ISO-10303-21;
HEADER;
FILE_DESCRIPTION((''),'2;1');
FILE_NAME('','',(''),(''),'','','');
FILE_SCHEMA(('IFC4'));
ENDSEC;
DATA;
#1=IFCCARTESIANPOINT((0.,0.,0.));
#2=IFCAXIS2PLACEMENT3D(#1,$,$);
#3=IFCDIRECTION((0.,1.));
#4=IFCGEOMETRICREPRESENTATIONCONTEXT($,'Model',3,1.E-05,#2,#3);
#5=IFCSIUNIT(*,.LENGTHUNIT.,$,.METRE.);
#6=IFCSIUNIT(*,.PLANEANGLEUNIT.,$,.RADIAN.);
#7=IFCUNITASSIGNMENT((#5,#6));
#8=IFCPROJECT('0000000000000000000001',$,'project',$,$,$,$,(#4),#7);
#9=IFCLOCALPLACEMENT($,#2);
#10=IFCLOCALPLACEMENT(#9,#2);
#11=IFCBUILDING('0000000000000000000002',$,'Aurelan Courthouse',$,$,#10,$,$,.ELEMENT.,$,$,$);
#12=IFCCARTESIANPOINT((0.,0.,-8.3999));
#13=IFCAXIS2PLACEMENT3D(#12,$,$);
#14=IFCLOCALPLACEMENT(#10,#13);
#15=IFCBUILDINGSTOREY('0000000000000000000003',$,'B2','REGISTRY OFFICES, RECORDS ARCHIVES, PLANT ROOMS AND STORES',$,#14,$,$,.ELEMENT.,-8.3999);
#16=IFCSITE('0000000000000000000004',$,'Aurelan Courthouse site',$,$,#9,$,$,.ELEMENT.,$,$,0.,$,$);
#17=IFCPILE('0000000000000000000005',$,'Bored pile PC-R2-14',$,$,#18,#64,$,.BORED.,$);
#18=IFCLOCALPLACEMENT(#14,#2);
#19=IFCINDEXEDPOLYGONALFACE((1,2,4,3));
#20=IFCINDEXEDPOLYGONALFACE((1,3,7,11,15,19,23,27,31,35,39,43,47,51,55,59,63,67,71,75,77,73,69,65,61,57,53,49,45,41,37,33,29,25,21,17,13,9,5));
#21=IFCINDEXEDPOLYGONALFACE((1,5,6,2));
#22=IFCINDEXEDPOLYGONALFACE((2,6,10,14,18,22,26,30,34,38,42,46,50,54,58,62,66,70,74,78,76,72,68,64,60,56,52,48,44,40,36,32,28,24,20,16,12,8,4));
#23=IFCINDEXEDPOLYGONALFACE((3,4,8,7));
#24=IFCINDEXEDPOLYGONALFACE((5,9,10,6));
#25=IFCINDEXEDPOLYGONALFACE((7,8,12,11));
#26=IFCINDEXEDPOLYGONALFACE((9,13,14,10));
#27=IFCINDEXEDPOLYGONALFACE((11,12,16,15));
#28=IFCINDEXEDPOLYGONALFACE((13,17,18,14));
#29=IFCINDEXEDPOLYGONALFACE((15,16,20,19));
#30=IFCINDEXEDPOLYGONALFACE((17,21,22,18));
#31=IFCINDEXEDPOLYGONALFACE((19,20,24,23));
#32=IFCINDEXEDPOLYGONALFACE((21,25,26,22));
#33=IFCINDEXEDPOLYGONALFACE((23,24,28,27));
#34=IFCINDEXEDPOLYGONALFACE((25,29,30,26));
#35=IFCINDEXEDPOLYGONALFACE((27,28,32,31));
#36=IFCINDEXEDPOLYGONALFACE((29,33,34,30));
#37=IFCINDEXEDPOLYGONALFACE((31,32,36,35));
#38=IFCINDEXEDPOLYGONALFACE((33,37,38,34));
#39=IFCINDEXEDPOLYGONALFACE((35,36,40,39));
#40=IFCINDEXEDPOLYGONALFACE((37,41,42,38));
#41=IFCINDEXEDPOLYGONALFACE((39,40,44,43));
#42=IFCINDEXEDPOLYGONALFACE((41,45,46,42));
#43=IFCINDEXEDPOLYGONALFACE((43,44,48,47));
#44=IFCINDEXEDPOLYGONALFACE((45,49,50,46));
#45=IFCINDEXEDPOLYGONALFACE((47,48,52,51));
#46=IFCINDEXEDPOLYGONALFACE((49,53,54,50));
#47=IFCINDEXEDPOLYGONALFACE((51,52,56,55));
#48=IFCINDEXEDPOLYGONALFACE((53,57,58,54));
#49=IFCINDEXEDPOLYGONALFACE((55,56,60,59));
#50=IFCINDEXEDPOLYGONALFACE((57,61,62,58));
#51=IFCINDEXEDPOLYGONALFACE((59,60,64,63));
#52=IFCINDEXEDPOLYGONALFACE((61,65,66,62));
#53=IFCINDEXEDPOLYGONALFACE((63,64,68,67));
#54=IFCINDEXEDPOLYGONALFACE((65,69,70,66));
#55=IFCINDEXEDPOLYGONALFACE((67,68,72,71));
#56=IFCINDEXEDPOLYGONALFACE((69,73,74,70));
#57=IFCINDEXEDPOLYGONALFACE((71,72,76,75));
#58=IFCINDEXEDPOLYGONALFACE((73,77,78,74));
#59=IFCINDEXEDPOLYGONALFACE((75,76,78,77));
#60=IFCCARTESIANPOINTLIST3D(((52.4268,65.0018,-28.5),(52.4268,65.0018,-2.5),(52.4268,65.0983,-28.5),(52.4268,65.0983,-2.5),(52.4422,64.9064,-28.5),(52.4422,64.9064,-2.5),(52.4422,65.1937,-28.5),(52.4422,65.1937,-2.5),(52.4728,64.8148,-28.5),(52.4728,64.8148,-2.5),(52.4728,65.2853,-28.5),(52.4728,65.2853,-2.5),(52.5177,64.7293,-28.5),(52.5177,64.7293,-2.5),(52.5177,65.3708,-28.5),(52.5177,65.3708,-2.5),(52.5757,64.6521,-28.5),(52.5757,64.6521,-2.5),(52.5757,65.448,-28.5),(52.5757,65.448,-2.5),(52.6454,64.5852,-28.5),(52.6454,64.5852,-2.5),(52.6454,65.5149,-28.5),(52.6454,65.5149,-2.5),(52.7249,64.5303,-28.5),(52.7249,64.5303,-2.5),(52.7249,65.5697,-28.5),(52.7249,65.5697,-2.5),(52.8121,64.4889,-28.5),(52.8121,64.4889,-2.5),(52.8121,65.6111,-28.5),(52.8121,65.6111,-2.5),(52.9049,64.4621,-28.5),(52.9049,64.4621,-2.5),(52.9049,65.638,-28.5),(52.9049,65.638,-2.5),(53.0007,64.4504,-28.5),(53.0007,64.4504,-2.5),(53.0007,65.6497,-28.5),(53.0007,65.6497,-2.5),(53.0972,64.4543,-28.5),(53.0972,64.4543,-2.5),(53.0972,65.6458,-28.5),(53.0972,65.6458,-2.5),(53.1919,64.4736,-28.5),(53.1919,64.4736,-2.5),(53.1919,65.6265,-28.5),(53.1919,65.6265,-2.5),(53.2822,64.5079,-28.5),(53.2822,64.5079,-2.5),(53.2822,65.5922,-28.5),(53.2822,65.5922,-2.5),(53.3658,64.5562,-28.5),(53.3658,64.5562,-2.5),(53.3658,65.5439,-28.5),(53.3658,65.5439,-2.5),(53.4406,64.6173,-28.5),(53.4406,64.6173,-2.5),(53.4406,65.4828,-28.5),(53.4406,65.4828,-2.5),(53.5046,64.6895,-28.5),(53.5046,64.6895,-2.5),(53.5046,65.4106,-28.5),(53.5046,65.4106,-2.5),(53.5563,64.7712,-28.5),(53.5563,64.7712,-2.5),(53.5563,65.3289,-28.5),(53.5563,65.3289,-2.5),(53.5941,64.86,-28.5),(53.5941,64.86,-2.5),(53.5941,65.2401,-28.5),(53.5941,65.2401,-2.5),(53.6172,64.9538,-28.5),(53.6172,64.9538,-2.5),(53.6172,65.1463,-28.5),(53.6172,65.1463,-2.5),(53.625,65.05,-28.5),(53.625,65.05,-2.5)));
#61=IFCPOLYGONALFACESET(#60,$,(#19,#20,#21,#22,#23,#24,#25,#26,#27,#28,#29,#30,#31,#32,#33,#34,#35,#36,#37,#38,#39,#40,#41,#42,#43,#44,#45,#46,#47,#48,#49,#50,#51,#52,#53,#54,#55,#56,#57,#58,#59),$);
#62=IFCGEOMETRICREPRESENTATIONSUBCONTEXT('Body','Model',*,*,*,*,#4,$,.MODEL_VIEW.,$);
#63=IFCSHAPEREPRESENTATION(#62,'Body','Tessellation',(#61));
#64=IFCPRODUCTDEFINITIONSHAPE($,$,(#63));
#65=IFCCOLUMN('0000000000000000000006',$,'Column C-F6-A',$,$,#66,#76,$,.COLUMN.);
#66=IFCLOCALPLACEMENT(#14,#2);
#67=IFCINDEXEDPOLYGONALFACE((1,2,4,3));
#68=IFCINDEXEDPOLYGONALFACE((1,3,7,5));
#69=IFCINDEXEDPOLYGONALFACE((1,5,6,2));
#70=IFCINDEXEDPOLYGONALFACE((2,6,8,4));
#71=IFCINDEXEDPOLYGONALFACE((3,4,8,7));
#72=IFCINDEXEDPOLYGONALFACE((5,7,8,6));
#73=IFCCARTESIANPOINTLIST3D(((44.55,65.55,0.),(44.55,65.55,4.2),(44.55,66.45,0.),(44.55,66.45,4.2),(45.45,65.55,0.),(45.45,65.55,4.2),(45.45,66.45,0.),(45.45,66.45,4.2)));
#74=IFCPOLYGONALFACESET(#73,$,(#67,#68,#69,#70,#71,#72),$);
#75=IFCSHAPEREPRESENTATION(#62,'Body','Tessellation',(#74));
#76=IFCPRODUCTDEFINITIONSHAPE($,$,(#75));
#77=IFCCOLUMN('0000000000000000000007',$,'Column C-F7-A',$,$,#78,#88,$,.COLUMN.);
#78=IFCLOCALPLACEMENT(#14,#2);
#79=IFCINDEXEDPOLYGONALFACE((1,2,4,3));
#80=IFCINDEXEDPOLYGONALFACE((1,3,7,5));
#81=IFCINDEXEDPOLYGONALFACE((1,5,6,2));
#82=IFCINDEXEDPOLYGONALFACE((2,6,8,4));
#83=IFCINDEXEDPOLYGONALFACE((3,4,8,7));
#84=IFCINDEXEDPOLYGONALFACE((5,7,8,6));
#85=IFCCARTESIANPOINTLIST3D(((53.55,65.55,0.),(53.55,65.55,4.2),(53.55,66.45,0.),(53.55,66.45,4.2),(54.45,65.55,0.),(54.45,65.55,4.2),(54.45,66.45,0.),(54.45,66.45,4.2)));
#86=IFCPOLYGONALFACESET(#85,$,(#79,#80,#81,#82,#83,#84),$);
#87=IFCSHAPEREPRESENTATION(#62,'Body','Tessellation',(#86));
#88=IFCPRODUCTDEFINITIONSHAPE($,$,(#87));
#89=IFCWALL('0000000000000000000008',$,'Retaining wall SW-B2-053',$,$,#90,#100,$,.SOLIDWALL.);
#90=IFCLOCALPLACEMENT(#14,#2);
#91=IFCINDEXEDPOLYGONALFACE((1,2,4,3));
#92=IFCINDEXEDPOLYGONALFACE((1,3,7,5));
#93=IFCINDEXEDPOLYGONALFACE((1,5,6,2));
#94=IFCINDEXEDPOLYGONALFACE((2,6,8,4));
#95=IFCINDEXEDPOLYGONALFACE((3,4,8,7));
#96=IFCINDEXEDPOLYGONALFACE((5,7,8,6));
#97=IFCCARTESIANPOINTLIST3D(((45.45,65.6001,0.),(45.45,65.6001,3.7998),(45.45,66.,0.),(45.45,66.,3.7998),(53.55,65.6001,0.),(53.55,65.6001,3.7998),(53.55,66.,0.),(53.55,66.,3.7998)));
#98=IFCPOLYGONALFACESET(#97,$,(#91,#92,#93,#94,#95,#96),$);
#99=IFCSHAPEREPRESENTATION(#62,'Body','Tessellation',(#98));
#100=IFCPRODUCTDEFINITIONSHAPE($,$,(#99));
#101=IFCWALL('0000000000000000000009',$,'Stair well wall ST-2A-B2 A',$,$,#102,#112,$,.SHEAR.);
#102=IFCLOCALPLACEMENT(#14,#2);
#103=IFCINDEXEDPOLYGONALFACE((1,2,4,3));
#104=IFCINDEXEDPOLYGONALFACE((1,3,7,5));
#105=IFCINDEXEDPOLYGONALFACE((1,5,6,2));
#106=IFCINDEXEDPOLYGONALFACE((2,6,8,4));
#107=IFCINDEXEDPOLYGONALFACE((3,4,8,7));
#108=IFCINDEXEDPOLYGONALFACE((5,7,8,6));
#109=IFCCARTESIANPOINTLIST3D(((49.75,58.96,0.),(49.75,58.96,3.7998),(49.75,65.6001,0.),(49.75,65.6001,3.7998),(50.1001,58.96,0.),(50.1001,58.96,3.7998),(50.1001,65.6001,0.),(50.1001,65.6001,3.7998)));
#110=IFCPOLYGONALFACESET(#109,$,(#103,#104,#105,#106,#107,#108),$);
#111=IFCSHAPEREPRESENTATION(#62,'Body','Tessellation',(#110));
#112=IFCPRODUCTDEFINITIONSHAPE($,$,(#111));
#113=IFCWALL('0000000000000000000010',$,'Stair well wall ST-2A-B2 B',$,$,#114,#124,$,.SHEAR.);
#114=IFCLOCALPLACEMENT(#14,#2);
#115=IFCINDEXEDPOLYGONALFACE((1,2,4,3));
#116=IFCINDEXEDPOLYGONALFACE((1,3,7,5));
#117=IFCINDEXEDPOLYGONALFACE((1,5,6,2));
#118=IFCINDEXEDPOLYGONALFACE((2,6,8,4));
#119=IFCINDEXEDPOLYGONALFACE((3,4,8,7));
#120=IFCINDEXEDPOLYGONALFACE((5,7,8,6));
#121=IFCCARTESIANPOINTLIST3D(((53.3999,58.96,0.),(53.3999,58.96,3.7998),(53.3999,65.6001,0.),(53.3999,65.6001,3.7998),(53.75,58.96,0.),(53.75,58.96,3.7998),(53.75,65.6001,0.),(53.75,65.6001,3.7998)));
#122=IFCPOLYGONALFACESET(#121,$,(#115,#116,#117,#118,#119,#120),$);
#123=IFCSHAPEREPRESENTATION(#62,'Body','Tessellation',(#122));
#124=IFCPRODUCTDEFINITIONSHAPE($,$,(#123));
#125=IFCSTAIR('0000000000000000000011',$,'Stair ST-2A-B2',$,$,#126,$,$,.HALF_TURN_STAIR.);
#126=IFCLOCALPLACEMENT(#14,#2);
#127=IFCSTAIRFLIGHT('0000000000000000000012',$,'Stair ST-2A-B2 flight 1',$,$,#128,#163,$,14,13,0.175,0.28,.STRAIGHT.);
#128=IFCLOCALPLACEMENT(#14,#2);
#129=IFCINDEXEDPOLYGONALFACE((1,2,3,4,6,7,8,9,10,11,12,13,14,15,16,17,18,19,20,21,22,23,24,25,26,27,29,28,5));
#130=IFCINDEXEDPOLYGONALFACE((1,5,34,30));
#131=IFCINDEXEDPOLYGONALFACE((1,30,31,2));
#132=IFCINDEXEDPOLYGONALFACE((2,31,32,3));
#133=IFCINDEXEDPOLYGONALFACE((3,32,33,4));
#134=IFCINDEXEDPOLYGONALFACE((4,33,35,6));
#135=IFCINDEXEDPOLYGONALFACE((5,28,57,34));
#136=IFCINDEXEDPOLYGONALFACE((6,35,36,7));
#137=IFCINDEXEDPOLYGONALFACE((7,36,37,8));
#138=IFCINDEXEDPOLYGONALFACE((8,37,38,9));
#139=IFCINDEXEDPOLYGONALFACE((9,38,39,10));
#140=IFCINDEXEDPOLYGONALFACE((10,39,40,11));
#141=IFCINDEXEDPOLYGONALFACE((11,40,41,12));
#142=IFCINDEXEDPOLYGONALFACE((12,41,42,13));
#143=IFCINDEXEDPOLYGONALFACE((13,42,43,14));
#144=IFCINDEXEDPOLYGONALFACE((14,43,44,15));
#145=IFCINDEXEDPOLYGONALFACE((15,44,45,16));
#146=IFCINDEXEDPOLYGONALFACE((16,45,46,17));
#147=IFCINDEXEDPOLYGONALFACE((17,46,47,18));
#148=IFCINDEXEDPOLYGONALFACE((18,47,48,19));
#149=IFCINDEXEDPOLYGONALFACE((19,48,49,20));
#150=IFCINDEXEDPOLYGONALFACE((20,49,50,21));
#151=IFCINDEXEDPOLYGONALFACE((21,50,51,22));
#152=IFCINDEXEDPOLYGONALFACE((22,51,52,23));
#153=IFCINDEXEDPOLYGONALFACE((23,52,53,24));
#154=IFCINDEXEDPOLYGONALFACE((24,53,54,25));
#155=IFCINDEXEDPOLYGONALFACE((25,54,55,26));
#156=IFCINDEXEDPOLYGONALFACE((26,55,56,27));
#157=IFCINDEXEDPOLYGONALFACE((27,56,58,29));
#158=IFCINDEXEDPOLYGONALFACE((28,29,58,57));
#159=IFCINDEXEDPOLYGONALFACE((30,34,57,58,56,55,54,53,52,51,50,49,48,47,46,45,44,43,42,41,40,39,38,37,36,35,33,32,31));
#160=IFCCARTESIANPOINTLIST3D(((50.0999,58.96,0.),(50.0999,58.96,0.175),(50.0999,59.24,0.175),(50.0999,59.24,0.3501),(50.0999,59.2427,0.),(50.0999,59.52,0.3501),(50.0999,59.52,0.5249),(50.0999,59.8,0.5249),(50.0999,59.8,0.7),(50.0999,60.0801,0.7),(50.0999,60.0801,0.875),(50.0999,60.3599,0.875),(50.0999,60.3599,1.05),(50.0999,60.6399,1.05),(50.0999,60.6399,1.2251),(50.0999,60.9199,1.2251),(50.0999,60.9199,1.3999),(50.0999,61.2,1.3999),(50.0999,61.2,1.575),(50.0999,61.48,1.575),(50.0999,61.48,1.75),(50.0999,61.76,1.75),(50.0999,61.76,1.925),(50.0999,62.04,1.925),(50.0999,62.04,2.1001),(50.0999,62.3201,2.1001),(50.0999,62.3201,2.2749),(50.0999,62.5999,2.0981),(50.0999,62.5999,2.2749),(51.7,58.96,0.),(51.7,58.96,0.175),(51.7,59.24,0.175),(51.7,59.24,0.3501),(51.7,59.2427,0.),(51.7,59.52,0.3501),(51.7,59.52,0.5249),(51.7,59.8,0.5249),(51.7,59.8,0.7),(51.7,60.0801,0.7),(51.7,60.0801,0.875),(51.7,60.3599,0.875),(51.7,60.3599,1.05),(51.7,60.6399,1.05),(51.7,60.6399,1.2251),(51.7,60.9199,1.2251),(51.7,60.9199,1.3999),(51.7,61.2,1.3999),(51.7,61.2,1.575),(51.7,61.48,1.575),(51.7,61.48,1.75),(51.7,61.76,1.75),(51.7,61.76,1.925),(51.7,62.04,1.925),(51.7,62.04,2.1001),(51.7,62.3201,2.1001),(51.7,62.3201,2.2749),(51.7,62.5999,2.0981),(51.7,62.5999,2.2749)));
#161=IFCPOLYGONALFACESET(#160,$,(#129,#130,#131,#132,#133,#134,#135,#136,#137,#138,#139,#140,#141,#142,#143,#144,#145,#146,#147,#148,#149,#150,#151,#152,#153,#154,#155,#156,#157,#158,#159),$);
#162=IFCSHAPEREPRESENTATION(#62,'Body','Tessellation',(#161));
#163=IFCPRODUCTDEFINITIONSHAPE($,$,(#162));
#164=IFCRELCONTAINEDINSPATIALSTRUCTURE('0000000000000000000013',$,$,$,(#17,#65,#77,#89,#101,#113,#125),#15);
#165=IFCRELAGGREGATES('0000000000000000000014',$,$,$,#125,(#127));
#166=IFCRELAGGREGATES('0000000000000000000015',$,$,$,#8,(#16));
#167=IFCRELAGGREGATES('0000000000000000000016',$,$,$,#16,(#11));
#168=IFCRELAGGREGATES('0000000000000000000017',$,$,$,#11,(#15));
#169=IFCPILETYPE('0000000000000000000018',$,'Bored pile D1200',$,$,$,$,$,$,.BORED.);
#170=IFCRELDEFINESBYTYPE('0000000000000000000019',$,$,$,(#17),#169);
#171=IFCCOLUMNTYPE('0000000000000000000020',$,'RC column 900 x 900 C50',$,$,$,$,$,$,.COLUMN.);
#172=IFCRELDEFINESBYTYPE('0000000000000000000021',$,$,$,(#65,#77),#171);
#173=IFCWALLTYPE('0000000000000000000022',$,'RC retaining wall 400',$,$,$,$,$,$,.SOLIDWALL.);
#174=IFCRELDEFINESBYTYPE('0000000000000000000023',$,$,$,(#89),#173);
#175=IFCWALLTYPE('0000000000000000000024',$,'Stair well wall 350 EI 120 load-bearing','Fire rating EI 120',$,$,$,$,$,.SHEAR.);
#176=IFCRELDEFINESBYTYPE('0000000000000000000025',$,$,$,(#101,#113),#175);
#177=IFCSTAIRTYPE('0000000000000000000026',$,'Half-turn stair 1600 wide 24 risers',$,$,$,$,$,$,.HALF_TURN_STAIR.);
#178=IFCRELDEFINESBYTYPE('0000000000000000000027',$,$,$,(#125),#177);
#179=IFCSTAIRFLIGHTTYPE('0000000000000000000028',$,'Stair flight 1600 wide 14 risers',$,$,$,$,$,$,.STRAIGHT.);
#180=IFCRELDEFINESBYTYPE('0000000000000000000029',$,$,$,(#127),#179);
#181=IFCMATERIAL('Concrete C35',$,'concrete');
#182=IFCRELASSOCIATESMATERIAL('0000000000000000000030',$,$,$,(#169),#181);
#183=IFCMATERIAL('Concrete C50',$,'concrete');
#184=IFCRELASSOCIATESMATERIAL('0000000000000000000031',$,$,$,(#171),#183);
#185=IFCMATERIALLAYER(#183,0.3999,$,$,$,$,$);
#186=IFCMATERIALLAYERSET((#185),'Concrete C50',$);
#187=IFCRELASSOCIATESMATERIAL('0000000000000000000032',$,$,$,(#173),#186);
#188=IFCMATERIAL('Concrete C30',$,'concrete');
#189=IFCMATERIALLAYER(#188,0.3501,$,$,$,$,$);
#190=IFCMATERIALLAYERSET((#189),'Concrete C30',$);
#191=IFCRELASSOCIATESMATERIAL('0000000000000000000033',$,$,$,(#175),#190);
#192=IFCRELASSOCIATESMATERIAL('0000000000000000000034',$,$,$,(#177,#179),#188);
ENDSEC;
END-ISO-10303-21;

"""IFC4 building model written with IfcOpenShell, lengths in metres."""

from ifc_helpers import new_model, si_unit, direction, frame, frame_2d, origin, origin_2d, place, context, subcontext, project, spatial, polyline, rectangle, circle, outline, extrude, material, layer, layer_set, material_profile, profile_set, type_object, element, aggregate, save


model = new_model("IFC4")

# Units and contexts
model_context = context("Model", 3, precision=1e-05, world=origin(), true_north=direction((0.0, 1.0)))
body_context = subcontext(model_context, "Body", "Model", "MODEL_VIEW")
ifc_project = project(units=[si_unit("LENGTHUNIT", "METRE"), si_unit("PLANEANGLEUNIT", "RADIAN")], contexts=[model_context])

# Site, building, storey
site_placement = place(None, origin())
site = spatial("IfcSite", under=ifc_project, at=site_placement, Name="Aurelan Courthouse site", CompositionType="ELEMENT", RefElevation=0.0)
building_placement = place(site_placement, origin())
building = spatial("IfcBuilding", under=site, at=building_placement, Name="Aurelan Courthouse", CompositionType="ELEMENT")
storey_placement = place(building_placement, frame((0.0, 0.0, -8.3999)))
storey = spatial("IfcBuildingStorey", under=building, at=storey_placement, Name="B2", Description="REGISTRY OFFICES, RECORDS ARCHIVES, PLANT ROOMS AND STORES", CompositionType="ELEMENT", Elevation=-8.3999)

# Pile
ifc_material_1 = material(Name="Concrete C35", Category="concrete")
ifc_material_profile_1 = material_profile(ifc_material_1, circle(Radius=0.6001, at=origin_2d()), Name="D1200")
ifc_profile_set_1 = profile_set([ifc_material_profile_1], Name="Concrete C35")
pile_type = type_object("IfcPileType", Name="Bored pile D1200", PredefinedType="BORED", material=ifc_profile_set_1)
for number, where, z_axis, x_axis, name in (
    (1, (53.0249, 65.05, -2.5), (0.0, 0.0, -1.0), (1.0, 0.0, 0.0), "Bored pile PC-R2-14"),
):
    element("IfcPile", number, at=place(storey_placement, frame(where, z_axis=z_axis, x_axis=x_axis)), inside=storey, type_object=pile_type, Name=name, PredefinedType="BORED", context=body_context, shape_type="SweptSolid", body=[
        extrude(circle(Radius=0.6001, at=origin_2d()), origin(), (0.0, 0.0, 1.0), 26.0),
    ])

# Columns
ifc_material_2 = material(Name="Concrete C50", Category="concrete")
ifc_material_profile_2 = material_profile(ifc_material_2, rectangle(XDim=0.8999, YDim=0.8999, at=origin_2d()), Name="RC 900 x 900")
ifc_profile_set_2 = profile_set([ifc_material_profile_2], Name="Concrete C50")
column_type = type_object("IfcColumnType", Name="RC column 900 x 900 C50", PredefinedType="COLUMN", material=ifc_profile_set_2)
for number, where, z_axis, x_axis, name in (
    (2, (45.0, 66.0, 0.0), (0.0, 0.0, 1.0), (1.0, 0.0, 0.0), "Column C-F6-A"),
    (3, (54.0, 66.0, 0.0), (0.0, 0.0, 1.0), (1.0, 0.0, 0.0), "Column C-F7-A"),
):
    element("IfcColumn", number, at=place(storey_placement, frame(where, z_axis=z_axis, x_axis=x_axis)), inside=storey, type_object=column_type, Name=name, PredefinedType="COLUMN", context=body_context, shape_type="SweptSolid", body=[
        extrude(rectangle(XDim=0.8999, YDim=0.8999, at=origin_2d()), origin(), (0.0, 0.0, 1.0), 4.2),
    ])

# Walls
ifc_layer_1 = layer(ifc_material_2, 0.3999)
ifc_layer_set_1 = layer_set([ifc_layer_1], Name="Concrete C50")
wall_type_1 = type_object("IfcWallType", Name="RC retaining wall 400", PredefinedType="SOLIDWALL", material=ifc_layer_set_1)
wall_placement = place(storey_placement, frame((45.45, 65.8, 0.0), z_axis=(0.0, 0.0, 1.0), x_axis=(1.0, 0.0, 0.0)))
element("IfcWall", 4, at=wall_placement, inside=storey, type_object=wall_type_1, Name="Retaining wall SW-B2-053", PredefinedType="SOLIDWALL", context=body_context, shape_type="SweptSolid", body=[
    extrude(rectangle(XDim=8.1001, YDim=0.3999, at=frame_2d((4.05, 0.0))), origin(), (0.0, 0.0, 1.0), 3.7998),
])
ifc_material_3 = material(Name="Concrete C30", Category="concrete")
ifc_layer_2 = layer(ifc_material_3, 0.3501)
ifc_layer_set_2 = layer_set([ifc_layer_2], Name="Concrete C30")
wall_type_2 = type_object("IfcWallType", Name="Stair well wall 350 EI 120 load-bearing", Description="Fire rating EI 120", PredefinedType="SHEAR", material=ifc_layer_set_2)
for number, where, z_axis, x_axis, name in (
    (5, (49.925, 58.96, 0.0), (0.0, 0.0, 1.0), (0.0, 1.0, 0.0), "Stair well wall ST-2A-B2 A"),
    (6, (53.575, 58.96, 0.0), (0.0, 0.0, 1.0), (0.0, 1.0, 0.0), "Stair well wall ST-2A-B2 B"),
):
    element("IfcWall", number, at=place(storey_placement, frame(where, z_axis=z_axis, x_axis=x_axis)), inside=storey, type_object=wall_type_2, Name=name, PredefinedType="SHEAR", context=body_context, shape_type="SweptSolid", body=[
        extrude(rectangle(XDim=6.6401, YDim=0.3501, at=frame_2d((3.3201, 0.0))), origin(), (0.0, 0.0, 1.0), 3.7998),
    ])

# Stair, stair flight
stair_type = type_object("IfcStairType", Name="Half-turn stair 1600 wide 24 risers", PredefinedType="HALF_TURN_STAIR", material=ifc_material_3)
stair_placement = place(storey_placement, origin())
stair = element("IfcStair", 7, at=stair_placement, inside=storey, type_object=stair_type, Name="Stair ST-2A-B2", PredefinedType="HALF_TURN_STAIR")
stair_flight_type = type_object("IfcStairFlightType", Name="Stair flight 1600 wide 14 risers", PredefinedType="STRAIGHT", material=ifc_material_3)
stair_flight_1_placement = place(storey_placement, frame((50.8999, 58.96, 0.0), z_axis=(0.0, 0.0, 1.0), x_axis=(0.0, 1.0, 0.0)))
stair_flight_1 = element("IfcStairFlight", 8, at=stair_flight_1_placement, type_object=stair_flight_type, Name="Stair ST-2A-B2 flight 1", NumberOfRisers=14, NumberOfTreads=13, PredefinedType="STRAIGHT", RiserHeight=0.175, TreadLength=0.28, context=body_context, shape_type="SweptSolid", body=[
    extrude(outline(polyline([(0.0, 0.0), (0.0, 0.175), (0.28, 0.175), (0.28, 0.3501), (0.5601, 0.3501), (0.5601, 0.5249), (0.8401, 0.5249), (0.8401, 0.7), (1.1201, 0.7), (1.1201, 0.875), (1.3999, 0.875), (1.3999, 1.05), (1.6799, 1.05), (1.6799, 1.2251), (1.96, 1.2251), (1.96, 1.3999), (2.24, 1.3999), (2.24, 1.575), (2.52, 1.575), (2.52, 1.75), (2.8, 1.75), (2.8, 1.925), (3.0801, 1.925), (3.0801, 2.1001), (3.3601, 2.1001), (3.3601, 2.2749), (3.6399, 2.2749), (3.6399, 2.45), (3.6399, 2.0981), (0.2827, 0.0), (0.0, 0.0)])), frame((0.0, 0.8, 0.0), z_axis=(0.0, -1.0, 0.0), x_axis=(1.0, 0.0, 0.0)), (0.0, 0.0, 1.0), 1.6001),
])
aggregate(stair, [stair_flight_1])

save(model, "model.ifc")
